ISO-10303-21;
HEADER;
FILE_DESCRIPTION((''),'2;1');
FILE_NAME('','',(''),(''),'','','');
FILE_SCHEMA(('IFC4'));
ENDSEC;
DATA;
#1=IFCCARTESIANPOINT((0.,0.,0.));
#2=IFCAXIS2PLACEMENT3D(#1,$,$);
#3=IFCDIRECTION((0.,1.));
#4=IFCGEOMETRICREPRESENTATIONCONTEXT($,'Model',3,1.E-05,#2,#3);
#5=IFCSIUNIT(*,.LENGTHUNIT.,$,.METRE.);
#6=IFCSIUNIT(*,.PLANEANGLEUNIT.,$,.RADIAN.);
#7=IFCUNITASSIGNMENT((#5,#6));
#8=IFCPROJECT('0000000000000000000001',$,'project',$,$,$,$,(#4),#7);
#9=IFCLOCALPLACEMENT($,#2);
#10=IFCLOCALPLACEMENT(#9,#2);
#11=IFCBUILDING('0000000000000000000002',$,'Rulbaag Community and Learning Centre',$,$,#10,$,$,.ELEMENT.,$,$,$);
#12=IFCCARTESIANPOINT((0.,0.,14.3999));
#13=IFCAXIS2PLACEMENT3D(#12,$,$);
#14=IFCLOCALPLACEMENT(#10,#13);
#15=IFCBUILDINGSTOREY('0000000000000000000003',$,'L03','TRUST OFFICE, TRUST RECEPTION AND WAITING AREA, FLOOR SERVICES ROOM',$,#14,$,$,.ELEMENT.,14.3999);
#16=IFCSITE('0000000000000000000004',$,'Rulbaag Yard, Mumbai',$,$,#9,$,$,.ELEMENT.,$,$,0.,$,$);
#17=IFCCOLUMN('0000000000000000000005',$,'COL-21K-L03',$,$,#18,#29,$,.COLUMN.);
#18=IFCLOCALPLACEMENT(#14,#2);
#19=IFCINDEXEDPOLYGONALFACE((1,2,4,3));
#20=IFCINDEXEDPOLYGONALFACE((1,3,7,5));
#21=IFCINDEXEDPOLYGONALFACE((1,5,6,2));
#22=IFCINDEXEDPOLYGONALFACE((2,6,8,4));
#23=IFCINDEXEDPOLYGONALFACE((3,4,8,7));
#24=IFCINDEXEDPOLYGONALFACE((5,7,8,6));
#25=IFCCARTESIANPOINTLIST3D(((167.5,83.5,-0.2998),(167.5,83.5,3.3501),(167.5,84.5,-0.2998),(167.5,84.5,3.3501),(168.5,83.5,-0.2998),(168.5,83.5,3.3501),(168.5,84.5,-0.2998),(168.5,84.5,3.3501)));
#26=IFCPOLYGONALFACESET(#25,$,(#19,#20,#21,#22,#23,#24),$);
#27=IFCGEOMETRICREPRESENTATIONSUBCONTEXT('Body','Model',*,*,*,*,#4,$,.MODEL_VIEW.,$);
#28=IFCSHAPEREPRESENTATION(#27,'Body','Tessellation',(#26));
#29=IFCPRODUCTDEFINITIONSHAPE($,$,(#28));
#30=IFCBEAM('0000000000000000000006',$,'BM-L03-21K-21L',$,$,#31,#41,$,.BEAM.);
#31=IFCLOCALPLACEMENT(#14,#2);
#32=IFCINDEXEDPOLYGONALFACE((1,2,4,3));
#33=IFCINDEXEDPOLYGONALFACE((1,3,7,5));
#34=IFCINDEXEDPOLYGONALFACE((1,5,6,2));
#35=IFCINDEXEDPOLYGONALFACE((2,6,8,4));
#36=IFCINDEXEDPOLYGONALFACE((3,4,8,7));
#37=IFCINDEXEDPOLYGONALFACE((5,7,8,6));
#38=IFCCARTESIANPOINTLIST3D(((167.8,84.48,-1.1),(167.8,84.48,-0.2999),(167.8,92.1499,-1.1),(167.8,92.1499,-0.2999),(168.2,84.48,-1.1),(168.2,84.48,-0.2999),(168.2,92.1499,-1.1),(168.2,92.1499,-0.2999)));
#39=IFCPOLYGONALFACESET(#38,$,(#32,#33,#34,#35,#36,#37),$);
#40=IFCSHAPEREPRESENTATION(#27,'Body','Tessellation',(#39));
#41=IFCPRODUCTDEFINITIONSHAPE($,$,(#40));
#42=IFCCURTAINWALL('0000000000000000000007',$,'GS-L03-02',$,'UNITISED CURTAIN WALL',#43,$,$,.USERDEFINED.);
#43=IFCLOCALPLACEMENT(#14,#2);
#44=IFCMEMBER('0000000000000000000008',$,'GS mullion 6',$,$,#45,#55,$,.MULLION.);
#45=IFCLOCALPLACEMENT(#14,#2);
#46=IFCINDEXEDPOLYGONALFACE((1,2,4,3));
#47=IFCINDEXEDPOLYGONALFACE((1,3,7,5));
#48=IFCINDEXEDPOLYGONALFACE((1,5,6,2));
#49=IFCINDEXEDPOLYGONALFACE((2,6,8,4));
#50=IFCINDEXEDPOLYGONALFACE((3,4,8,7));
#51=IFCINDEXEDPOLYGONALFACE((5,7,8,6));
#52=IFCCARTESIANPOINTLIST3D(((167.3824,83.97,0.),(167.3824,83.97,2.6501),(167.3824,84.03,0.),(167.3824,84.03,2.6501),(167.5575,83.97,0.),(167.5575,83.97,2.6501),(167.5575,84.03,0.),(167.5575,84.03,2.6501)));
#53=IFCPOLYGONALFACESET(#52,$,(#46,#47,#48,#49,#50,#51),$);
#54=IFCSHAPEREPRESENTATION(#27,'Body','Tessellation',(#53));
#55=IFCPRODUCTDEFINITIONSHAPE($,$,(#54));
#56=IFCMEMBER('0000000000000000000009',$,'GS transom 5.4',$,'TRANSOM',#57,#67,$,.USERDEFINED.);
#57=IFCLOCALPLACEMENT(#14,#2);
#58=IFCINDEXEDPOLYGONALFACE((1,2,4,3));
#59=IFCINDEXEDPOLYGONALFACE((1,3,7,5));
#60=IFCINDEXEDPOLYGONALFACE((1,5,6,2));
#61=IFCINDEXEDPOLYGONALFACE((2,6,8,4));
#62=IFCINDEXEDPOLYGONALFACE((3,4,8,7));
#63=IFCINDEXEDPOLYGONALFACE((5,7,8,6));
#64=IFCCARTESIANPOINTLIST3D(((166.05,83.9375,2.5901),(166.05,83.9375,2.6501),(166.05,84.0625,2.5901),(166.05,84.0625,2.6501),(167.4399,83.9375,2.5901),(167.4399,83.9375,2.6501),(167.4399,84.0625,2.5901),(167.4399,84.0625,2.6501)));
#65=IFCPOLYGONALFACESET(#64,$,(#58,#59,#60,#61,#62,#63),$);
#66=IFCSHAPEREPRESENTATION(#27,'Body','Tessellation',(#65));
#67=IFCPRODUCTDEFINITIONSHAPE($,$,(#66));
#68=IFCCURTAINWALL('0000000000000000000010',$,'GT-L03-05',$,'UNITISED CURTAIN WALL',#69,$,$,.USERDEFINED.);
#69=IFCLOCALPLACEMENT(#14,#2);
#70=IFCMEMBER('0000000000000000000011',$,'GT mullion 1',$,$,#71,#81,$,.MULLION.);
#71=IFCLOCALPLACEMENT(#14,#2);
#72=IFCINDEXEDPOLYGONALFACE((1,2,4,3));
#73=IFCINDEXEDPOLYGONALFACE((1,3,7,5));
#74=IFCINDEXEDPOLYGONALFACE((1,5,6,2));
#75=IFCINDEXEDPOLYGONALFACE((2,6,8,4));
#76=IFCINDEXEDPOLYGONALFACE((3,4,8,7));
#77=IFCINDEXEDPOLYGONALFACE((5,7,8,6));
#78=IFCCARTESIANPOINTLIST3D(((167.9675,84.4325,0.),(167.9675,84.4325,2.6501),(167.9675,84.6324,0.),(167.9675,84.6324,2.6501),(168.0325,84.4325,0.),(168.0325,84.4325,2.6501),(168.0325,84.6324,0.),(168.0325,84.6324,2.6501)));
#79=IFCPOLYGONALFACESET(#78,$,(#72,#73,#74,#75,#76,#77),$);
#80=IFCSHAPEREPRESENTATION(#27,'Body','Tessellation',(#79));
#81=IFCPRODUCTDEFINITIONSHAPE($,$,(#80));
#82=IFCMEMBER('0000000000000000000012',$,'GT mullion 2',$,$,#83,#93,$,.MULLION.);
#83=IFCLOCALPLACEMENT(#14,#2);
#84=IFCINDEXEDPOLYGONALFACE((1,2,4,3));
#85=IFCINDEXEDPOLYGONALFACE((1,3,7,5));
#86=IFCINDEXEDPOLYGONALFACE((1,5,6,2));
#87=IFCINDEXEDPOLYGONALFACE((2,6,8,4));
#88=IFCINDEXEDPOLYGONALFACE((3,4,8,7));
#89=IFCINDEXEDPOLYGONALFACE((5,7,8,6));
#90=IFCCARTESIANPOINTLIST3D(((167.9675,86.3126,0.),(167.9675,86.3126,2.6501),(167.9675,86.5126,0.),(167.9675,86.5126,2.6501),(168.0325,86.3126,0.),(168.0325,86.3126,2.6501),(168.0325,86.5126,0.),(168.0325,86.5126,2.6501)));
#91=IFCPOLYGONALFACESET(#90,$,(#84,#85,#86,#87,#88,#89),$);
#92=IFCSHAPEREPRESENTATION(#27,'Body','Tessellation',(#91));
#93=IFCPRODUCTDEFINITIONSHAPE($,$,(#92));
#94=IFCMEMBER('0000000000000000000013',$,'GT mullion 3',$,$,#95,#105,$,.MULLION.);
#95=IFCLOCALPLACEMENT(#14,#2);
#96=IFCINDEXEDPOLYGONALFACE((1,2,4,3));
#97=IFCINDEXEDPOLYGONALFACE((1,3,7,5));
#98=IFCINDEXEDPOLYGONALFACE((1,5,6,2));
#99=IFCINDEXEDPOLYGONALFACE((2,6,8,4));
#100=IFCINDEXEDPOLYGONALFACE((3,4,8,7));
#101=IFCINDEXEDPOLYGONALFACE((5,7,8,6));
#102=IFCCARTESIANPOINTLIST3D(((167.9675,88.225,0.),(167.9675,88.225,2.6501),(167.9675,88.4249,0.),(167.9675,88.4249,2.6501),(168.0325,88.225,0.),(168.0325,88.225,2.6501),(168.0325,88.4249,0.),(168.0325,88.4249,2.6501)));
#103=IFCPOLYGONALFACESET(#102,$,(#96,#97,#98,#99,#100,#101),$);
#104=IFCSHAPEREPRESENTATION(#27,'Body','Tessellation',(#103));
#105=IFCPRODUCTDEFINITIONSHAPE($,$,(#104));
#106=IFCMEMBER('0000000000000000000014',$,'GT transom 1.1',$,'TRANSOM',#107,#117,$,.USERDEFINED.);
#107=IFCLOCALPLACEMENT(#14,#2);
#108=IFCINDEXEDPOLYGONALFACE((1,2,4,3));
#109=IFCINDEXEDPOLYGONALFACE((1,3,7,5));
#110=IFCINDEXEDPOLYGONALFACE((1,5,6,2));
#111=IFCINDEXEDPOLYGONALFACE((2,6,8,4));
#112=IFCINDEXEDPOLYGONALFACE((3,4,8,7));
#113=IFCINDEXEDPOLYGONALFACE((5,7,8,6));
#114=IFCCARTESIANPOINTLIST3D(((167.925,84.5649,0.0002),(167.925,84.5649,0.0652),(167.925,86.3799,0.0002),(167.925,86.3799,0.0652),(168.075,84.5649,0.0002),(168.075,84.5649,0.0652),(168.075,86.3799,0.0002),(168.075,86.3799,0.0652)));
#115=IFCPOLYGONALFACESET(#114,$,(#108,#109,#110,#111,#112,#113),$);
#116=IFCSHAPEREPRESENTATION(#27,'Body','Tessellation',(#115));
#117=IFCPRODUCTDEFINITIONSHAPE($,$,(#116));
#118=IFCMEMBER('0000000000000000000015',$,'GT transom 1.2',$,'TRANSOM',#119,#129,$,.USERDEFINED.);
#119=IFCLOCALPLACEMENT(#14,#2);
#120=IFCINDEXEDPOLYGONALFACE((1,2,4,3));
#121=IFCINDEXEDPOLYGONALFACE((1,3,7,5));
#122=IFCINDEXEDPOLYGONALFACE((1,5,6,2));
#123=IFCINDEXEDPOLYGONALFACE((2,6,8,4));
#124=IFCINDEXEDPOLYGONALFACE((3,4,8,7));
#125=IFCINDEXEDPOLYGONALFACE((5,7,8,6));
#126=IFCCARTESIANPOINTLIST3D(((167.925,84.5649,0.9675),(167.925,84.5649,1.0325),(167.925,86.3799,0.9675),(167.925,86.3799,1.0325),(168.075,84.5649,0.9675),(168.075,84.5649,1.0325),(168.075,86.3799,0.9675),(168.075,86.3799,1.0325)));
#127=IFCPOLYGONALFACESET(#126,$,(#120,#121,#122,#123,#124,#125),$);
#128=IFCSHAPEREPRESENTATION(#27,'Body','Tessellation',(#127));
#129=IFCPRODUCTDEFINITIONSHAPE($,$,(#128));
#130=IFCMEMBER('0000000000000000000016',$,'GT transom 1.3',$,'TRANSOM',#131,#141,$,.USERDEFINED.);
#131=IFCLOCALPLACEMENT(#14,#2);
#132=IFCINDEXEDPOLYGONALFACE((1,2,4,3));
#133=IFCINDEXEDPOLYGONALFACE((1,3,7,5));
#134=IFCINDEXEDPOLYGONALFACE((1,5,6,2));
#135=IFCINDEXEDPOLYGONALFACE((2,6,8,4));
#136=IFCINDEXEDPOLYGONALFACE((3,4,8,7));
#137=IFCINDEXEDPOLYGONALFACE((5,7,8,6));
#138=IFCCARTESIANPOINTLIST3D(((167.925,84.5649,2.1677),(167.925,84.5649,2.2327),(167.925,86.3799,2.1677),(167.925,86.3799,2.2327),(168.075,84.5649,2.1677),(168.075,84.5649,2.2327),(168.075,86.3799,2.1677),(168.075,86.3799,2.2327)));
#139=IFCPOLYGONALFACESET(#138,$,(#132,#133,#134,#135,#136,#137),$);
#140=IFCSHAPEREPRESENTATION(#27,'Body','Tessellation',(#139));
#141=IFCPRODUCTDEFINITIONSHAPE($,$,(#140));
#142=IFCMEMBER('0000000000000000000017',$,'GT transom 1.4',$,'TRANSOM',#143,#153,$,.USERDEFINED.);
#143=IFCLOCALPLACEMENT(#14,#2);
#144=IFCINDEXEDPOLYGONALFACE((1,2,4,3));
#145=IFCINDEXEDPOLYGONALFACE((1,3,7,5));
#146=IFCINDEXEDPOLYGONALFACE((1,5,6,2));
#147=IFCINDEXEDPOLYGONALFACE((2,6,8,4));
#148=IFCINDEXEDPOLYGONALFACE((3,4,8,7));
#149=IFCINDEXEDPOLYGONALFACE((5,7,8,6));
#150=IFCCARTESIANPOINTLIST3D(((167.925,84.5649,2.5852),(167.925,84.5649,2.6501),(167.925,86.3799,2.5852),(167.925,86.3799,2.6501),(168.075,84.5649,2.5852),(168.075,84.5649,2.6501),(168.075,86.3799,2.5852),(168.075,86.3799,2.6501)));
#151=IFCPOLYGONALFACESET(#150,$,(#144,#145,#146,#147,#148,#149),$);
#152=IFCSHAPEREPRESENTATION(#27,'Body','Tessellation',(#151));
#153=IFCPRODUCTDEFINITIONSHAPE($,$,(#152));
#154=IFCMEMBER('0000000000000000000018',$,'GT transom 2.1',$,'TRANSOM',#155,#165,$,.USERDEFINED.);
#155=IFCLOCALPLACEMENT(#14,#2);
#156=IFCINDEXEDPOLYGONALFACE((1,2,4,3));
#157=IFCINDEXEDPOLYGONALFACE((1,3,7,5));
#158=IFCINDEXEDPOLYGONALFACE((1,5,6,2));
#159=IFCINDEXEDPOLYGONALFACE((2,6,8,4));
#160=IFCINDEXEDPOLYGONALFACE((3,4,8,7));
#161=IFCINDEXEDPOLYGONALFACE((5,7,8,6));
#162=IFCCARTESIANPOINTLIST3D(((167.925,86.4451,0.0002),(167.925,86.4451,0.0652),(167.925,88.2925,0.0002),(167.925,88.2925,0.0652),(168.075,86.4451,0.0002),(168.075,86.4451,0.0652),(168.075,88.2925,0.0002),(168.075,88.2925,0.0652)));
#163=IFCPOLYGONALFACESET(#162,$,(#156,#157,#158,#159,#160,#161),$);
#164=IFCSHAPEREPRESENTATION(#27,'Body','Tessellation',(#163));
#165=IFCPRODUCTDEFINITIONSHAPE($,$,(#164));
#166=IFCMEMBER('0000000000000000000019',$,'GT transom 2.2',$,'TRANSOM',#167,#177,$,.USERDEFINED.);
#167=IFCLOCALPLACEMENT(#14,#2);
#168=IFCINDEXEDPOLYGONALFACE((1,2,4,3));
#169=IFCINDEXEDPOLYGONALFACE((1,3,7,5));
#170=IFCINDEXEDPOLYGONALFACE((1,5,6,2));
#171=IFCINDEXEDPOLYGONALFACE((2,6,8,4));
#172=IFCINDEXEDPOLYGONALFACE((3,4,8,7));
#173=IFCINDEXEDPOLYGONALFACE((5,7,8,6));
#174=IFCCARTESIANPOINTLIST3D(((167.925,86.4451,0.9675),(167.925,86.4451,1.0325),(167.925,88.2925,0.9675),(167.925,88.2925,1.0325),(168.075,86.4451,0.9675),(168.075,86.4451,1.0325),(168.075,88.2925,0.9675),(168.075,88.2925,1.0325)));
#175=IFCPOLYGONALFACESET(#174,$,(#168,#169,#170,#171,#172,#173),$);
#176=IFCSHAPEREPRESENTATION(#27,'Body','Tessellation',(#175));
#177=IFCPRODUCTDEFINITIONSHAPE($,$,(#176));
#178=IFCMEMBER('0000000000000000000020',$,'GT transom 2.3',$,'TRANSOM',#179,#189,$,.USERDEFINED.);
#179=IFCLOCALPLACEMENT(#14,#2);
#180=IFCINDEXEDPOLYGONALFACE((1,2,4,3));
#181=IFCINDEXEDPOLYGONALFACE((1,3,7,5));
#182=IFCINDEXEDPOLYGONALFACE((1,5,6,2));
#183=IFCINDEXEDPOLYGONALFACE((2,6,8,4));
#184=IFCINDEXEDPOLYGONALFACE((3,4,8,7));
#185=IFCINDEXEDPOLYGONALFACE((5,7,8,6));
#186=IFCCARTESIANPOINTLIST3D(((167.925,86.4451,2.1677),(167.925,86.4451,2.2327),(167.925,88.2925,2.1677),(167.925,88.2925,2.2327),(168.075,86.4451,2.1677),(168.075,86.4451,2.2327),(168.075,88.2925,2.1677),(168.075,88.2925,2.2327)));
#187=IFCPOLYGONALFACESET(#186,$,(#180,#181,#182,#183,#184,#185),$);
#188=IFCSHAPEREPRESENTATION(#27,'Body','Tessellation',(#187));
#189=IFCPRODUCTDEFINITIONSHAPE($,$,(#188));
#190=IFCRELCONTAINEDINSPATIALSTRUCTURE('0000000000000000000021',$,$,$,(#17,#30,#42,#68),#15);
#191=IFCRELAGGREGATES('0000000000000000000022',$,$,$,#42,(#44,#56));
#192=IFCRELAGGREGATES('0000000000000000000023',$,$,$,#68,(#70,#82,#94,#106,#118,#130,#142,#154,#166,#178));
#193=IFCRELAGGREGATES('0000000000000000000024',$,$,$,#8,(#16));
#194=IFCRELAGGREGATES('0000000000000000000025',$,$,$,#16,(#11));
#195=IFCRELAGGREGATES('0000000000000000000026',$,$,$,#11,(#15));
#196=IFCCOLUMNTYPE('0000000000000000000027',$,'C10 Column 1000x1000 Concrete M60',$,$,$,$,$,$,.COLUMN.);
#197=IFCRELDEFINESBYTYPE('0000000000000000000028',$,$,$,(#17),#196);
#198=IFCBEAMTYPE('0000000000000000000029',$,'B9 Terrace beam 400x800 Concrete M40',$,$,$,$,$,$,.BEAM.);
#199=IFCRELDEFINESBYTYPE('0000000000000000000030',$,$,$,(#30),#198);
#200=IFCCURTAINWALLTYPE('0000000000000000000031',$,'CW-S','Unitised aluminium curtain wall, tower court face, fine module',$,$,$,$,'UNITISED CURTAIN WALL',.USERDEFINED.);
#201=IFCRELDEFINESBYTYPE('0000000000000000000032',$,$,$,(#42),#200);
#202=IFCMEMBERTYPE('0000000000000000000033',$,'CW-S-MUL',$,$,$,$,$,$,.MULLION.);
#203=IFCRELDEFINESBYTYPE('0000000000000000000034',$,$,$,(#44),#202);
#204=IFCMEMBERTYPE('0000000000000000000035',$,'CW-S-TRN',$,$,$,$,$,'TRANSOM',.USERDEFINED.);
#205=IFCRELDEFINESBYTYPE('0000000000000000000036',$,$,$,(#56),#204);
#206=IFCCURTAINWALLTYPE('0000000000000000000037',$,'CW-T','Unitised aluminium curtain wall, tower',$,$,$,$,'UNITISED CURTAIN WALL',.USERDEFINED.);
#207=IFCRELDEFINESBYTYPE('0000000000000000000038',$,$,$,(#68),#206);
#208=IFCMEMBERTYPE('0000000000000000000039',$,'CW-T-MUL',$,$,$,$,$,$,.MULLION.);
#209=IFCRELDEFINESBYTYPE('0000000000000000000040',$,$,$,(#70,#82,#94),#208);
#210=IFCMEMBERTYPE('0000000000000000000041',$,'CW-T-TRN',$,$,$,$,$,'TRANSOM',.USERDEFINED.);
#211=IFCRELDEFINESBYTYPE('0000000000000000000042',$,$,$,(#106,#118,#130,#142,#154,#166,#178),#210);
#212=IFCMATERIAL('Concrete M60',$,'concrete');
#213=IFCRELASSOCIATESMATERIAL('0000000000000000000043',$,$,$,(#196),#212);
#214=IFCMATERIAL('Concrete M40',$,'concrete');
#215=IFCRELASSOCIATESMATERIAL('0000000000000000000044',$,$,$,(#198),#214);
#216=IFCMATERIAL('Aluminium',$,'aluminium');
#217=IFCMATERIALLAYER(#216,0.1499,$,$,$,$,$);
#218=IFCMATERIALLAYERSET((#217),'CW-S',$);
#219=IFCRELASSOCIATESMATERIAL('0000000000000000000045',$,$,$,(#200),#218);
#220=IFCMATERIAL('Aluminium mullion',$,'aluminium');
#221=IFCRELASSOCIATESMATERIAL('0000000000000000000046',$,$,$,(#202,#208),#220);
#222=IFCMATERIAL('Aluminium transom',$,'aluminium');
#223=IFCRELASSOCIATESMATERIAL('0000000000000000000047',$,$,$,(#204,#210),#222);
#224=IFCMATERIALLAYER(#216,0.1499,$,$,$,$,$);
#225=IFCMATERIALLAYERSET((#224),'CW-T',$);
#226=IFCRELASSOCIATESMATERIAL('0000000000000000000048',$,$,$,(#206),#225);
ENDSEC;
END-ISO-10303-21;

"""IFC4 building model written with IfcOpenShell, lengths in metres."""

from ifc_helpers import new_model, si_unit, direction, frame, origin, origin_2d, place, context, subcontext, project, spatial, rectangle, extrude, material, layer, layer_set, material_profile, profile_set, type_object, element, aggregate, save


model = new_model("IFC4")

# Units and contexts
model_context = context("Model", 3, precision=1e-05, world=origin(), true_north=direction((0.0, 1.0)))
body_context = subcontext(model_context, "Body", "Model", "MODEL_VIEW")
ifc_project = project(units=[si_unit("LENGTHUNIT", "METRE"), si_unit("PLANEANGLEUNIT", "RADIAN")], contexts=[model_context])

# Site, building, storey
site_placement = place(None, origin())
site = spatial("IfcSite", under=ifc_project, at=site_placement, Name="Rulbaag Yard, Mumbai", CompositionType="ELEMENT", RefElevation=0.0)
building_placement = place(site_placement, origin())
building = spatial("IfcBuilding", under=site, at=building_placement, Name="Rulbaag Community and Learning Centre", CompositionType="ELEMENT")
storey_placement = place(building_placement, frame((0.0, 0.0, 14.3999)))
storey = spatial("IfcBuildingStorey", under=building, at=storey_placement, Name="L03", Description="TRUST OFFICE, TRUST RECEPTION AND WAITING AREA, FLOOR SERVICES ROOM", CompositionType="ELEMENT", Elevation=14.3999)

# Column
ifc_material_1 = material(Name="Concrete M60", Category="concrete")
ifc_material_profile_1 = material_profile(ifc_material_1, rectangle(XDim=1.0, YDim=1.0, at=origin_2d()), Name="RC1000x1000")
ifc_profile_set_1 = profile_set([ifc_material_profile_1], Name="Concrete M60")
column_type = type_object("IfcColumnType", Name="C10 Column 1000x1000 Concrete M60", PredefinedType="COLUMN", material=ifc_profile_set_1)
column_placement = place(storey_placement, frame((168.0, 84.0, -0.2998), z_axis=(0.0, 0.0, 1.0), x_axis=(1.0, 0.0, 0.0)))
element("IfcColumn", 1, at=column_placement, inside=storey, type_object=column_type, Name="COL-21K-L03", PredefinedType="COLUMN", context=body_context, shape_type="SweptSolid", body=[
    extrude(rectangle(XDim=1.0, YDim=1.0, at=origin_2d()), origin(), (0.0, 0.0, 1.0), 3.6499),
])

# Beam
ifc_material_2 = material(Name="Concrete M40", Category="concrete")
ifc_material_profile_2 = material_profile(ifc_material_2, rectangle(XDim=0.3999, YDim=0.8, at=origin_2d()), Name="RB400x800")
ifc_profile_set_2 = profile_set([ifc_material_profile_2], Name="Concrete M40")
beam_type = type_object("IfcBeamType", Name="B9 Terrace beam 400x800 Concrete M40", PredefinedType="BEAM", material=ifc_profile_set_2)
beam_placement = place(storey_placement, frame((168.0, 84.48, -0.7), z_axis=(0.0, 1.0, 0.0), x_axis=(-1.0, 0.0, 0.0)))
element("IfcBeam", 2, at=beam_placement, inside=storey, type_object=beam_type, Name="BM-L03-21K-21L", PredefinedType="BEAM", context=body_context, shape_type="SweptSolid", body=[
    extrude(rectangle(XDim=0.3999, YDim=0.8, at=origin_2d()), origin(), (0.0, 0.0, 1.0), 7.6699),
])

# Curtain walls, members
ifc_material_3 = material(Name="Aluminium", Category="aluminium")
ifc_layer_1 = layer(ifc_material_3, 0.1499)
ifc_layer_set_1 = layer_set([ifc_layer_1], Name="CW-S")
curtain_wall_type_1 = type_object("IfcCurtainWallType", Name="CW-S", Description="Unitised aluminium curtain wall, tower court face, fine module", ElementType="UNITISED CURTAIN WALL", PredefinedType="USERDEFINED", material=ifc_layer_set_1)
curtain_wall_1_placement = place(storey_placement, origin())
curtain_wall_1 = element("IfcCurtainWall", 3, at=curtain_wall_1_placement, inside=storey, type_object=curtain_wall_type_1, Name="GS-L03-02", ObjectType="UNITISED CURTAIN WALL", PredefinedType="USERDEFINED")
ifc_material_4 = material(Name="Aluminium mullion", Category="aluminium")
ifc_material_profile_3 = material_profile(ifc_material_4, rectangle(XDim=0.0601, YDim=0.175, at=origin_2d()), Name="AL 60x175")
ifc_profile_set_3 = profile_set([ifc_material_profile_3], Name="Aluminium mullion")
member_type_1 = type_object("IfcMemberType", Name="CW-S-MUL", PredefinedType="MULLION", material=ifc_profile_set_3)
member_1_placement = place(storey_placement, frame((167.47, 84.0, 0.0), z_axis=(0.0, 0.0, 1.0), x_axis=(0.0, 1.0, 0.0)))
member_1 = element("IfcMember", 4, at=member_1_placement, type_object=member_type_1, Name="GS mullion 6", PredefinedType="MULLION", context=body_context, shape_type="SweptSolid", body=[
    extrude(rectangle(XDim=0.0601, YDim=0.175, at=origin_2d()), origin(), (0.0, 0.0, 1.0), 2.6501),
])
ifc_material_5 = material(Name="Aluminium transom", Category="aluminium")
ifc_material_profile_4 = material_profile(ifc_material_5, rectangle(XDim=0.125, YDim=0.0601, at=origin_2d()), Name="AL 60x125 T")
ifc_profile_set_4 = profile_set([ifc_material_profile_4], Name="Aluminium transom")
member_type_2 = type_object("IfcMemberType", Name="CW-S-TRN", ElementType="TRANSOM", PredefinedType="USERDEFINED", material=ifc_profile_set_4)
member_2_placement = place(storey_placement, frame((166.05, 84.0, 2.6201), z_axis=(1.0, 0.0, 0.0), x_axis=(0.0, 1.0, 0.0)))
member_2 = element("IfcMember", 5, at=member_2_placement, type_object=member_type_2, Name="GS transom 5.4", ObjectType="TRANSOM", PredefinedType="USERDEFINED", context=body_context, shape_type="SweptSolid", body=[
    extrude(rectangle(XDim=0.125, YDim=0.0601, at=origin_2d()), origin(), (0.0, 0.0, 1.0), 1.3899),
])
ifc_layer_2 = layer(ifc_material_3, 0.1499)
ifc_layer_set_2 = layer_set([ifc_layer_2], Name="CW-T")
curtain_wall_type_2 = type_object("IfcCurtainWallType", Name="CW-T", Description="Unitised aluminium curtain wall, tower", ElementType="UNITISED CURTAIN WALL", PredefinedType="USERDEFINED", material=ifc_layer_set_2)
curtain_wall_2_placement = place(storey_placement, origin())
curtain_wall_2 = element("IfcCurtainWall", 6, at=curtain_wall_2_placement, inside=storey, type_object=curtain_wall_type_2, Name="GT-L03-05", ObjectType="UNITISED CURTAIN WALL", PredefinedType="USERDEFINED")
ifc_material_profile_5 = material_profile(ifc_material_4, rectangle(XDim=0.0649, YDim=0.2, at=origin_2d()), Name="AL 65x200")
ifc_profile_set_5 = profile_set([ifc_material_profile_5], Name="Aluminium mullion")
member_type_3 = type_object("IfcMemberType", Name="CW-T-MUL", PredefinedType="MULLION", material=ifc_profile_set_5)
member_3_placement = place(storey_placement, frame((168.0, 84.5325, 0.0), z_axis=(0.0, 0.0, 1.0), x_axis=(-1.0, 0.0, 0.0)))
member_3 = element("IfcMember", 7, at=member_3_placement, type_object=member_type_3, Name="GT mullion 1", PredefinedType="MULLION", context=body_context, shape_type="SweptSolid", body=[
    extrude(rectangle(XDim=0.0649, YDim=0.2, at=origin_2d()), origin(), (0.0, 0.0, 1.0), 2.6501),
])
member_4_placement = place(storey_placement, frame((168.0, 86.4126, 0.0), z_axis=(0.0, 0.0, 1.0), x_axis=(-1.0, 0.0, 0.0)))
member_4 = element("IfcMember", 8, at=member_4_placement, type_object=member_type_3, Name="GT mullion 2", PredefinedType="MULLION", context=body_context, shape_type="SweptSolid", body=[
    extrude(rectangle(XDim=0.0649, YDim=0.2, at=origin_2d()), origin(), (0.0, 0.0, 1.0), 2.6501),
])
member_5_placement = place(storey_placement, frame((168.0, 88.325, 0.0), z_axis=(0.0, 0.0, 1.0), x_axis=(-1.0, 0.0, 0.0)))
member_5 = element("IfcMember", 9, at=member_5_placement, type_object=member_type_3, Name="GT mullion 3", PredefinedType="MULLION", context=body_context, shape_type="SweptSolid", body=[
    extrude(rectangle(XDim=0.0649, YDim=0.2, at=origin_2d()), origin(), (0.0, 0.0, 1.0), 2.6501),
])
ifc_material_profile_6 = material_profile(ifc_material_5, rectangle(XDim=0.1499, YDim=0.0649, at=origin_2d()), Name="AL 65x150 T")
ifc_profile_set_6 = profile_set([ifc_material_profile_6], Name="Aluminium transom")
member_type_4 = type_object("IfcMemberType", Name="CW-T-TRN", ElementType="TRANSOM", PredefinedType="USERDEFINED", material=ifc_profile_set_6)
member_6_placement = place(storey_placement, frame((168.0, 84.5649, 0.0327), z_axis=(0.0, 1.0, 0.0), x_axis=(-1.0, 0.0, 0.0)))
member_6 = element("IfcMember", 10, at=member_6_placement, type_object=member_type_4, Name="GT transom 1.1", ObjectType="TRANSOM", PredefinedType="USERDEFINED", context=body_context, shape_type="SweptSolid", body=[
    extrude(rectangle(XDim=0.1499, YDim=0.0649, at=origin_2d()), origin(), (0.0, 0.0, 1.0), 1.8149),
])
member_7_placement = place(storey_placement, frame((168.0, 84.5649, 1.0), z_axis=(0.0, 1.0, 0.0), x_axis=(-1.0, 0.0, 0.0)))
member_7 = element("IfcMember", 11, at=member_7_placement, type_object=member_type_4, Name="GT transom 1.2", ObjectType="TRANSOM", PredefinedType="USERDEFINED", context=body_context, shape_type="SweptSolid", body=[
    extrude(rectangle(XDim=0.1499, YDim=0.0649, at=origin_2d()), origin(), (0.0, 0.0, 1.0), 1.8149),
])
member_8_placement = place(storey_placement, frame((168.0, 84.5649, 2.2002), z_axis=(0.0, 1.0, 0.0), x_axis=(-1.0, 0.0, 0.0)))
member_8 = element("IfcMember", 12, at=member_8_placement, type_object=member_type_4, Name="GT transom 1.3", ObjectType="TRANSOM", PredefinedType="USERDEFINED", context=body_context, shape_type="SweptSolid", body=[
    extrude(rectangle(XDim=0.1499, YDim=0.0649, at=origin_2d()), origin(), (0.0, 0.0, 1.0), 1.8149),
])
member_9_placement = place(storey_placement, frame((168.0, 84.5649, 2.6177), z_axis=(0.0, 1.0, 0.0), x_axis=(-1.0, 0.0, 0.0)))
member_9 = element("IfcMember", 13, at=member_9_placement, type_object=member_type_4, Name="GT transom 1.4", ObjectType="TRANSOM", PredefinedType="USERDEFINED", context=body_context, shape_type="SweptSolid", body=[
    extrude(rectangle(XDim=0.1499, YDim=0.0649, at=origin_2d()), origin(), (0.0, 0.0, 1.0), 1.8149),
])
member_10_placement = place(storey_placement, frame((168.0, 86.4451, 0.0327), z_axis=(0.0, 1.0, 0.0), x_axis=(-1.0, 0.0, 0.0)))
member_10 = element("IfcMember", 14, at=member_10_placement, type_object=member_type_4, Name="GT transom 2.1", ObjectType="TRANSOM", PredefinedType="USERDEFINED", context=body_context, shape_type="SweptSolid", body=[
    extrude(rectangle(XDim=0.1499, YDim=0.0649, at=origin_2d()), origin(), (0.0, 0.0, 1.0), 1.8474),
])
member_11_placement = place(storey_placement, frame((168.0, 86.4451, 1.0), z_axis=(0.0, 1.0, 0.0), x_axis=(-1.0, 0.0, 0.0)))
member_11 = element("IfcMember", 15, at=member_11_placement, type_object=member_type_4, Name="GT transom 2.2", ObjectType="TRANSOM", PredefinedType="USERDEFINED", context=body_context, shape_type="SweptSolid", body=[
    extrude(rectangle(XDim=0.1499, YDim=0.0649, at=origin_2d()), origin(), (0.0, 0.0, 1.0), 1.8474),
])
member_12_placement = place(storey_placement, frame((168.0, 86.4451, 2.2002), z_axis=(0.0, 1.0, 0.0), x_axis=(-1.0, 0.0, 0.0)))
member_12 = element("IfcMember", 16, at=member_12_placement, type_object=member_type_4, Name="GT transom 2.3", ObjectType="TRANSOM", PredefinedType="USERDEFINED", context=body_context, shape_type="SweptSolid", body=[
    extrude(rectangle(XDim=0.1499, YDim=0.0649, at=origin_2d()), origin(), (0.0, 0.0, 1.0), 1.8474),
])

aggregate(curtain_wall_1, [member_1, member_2])
aggregate(curtain_wall_2, [member_3, member_4, member_5, member_6, member_7, member_8, member_9, member_10, member_11, member_12])

save(model, "model.ifc")
